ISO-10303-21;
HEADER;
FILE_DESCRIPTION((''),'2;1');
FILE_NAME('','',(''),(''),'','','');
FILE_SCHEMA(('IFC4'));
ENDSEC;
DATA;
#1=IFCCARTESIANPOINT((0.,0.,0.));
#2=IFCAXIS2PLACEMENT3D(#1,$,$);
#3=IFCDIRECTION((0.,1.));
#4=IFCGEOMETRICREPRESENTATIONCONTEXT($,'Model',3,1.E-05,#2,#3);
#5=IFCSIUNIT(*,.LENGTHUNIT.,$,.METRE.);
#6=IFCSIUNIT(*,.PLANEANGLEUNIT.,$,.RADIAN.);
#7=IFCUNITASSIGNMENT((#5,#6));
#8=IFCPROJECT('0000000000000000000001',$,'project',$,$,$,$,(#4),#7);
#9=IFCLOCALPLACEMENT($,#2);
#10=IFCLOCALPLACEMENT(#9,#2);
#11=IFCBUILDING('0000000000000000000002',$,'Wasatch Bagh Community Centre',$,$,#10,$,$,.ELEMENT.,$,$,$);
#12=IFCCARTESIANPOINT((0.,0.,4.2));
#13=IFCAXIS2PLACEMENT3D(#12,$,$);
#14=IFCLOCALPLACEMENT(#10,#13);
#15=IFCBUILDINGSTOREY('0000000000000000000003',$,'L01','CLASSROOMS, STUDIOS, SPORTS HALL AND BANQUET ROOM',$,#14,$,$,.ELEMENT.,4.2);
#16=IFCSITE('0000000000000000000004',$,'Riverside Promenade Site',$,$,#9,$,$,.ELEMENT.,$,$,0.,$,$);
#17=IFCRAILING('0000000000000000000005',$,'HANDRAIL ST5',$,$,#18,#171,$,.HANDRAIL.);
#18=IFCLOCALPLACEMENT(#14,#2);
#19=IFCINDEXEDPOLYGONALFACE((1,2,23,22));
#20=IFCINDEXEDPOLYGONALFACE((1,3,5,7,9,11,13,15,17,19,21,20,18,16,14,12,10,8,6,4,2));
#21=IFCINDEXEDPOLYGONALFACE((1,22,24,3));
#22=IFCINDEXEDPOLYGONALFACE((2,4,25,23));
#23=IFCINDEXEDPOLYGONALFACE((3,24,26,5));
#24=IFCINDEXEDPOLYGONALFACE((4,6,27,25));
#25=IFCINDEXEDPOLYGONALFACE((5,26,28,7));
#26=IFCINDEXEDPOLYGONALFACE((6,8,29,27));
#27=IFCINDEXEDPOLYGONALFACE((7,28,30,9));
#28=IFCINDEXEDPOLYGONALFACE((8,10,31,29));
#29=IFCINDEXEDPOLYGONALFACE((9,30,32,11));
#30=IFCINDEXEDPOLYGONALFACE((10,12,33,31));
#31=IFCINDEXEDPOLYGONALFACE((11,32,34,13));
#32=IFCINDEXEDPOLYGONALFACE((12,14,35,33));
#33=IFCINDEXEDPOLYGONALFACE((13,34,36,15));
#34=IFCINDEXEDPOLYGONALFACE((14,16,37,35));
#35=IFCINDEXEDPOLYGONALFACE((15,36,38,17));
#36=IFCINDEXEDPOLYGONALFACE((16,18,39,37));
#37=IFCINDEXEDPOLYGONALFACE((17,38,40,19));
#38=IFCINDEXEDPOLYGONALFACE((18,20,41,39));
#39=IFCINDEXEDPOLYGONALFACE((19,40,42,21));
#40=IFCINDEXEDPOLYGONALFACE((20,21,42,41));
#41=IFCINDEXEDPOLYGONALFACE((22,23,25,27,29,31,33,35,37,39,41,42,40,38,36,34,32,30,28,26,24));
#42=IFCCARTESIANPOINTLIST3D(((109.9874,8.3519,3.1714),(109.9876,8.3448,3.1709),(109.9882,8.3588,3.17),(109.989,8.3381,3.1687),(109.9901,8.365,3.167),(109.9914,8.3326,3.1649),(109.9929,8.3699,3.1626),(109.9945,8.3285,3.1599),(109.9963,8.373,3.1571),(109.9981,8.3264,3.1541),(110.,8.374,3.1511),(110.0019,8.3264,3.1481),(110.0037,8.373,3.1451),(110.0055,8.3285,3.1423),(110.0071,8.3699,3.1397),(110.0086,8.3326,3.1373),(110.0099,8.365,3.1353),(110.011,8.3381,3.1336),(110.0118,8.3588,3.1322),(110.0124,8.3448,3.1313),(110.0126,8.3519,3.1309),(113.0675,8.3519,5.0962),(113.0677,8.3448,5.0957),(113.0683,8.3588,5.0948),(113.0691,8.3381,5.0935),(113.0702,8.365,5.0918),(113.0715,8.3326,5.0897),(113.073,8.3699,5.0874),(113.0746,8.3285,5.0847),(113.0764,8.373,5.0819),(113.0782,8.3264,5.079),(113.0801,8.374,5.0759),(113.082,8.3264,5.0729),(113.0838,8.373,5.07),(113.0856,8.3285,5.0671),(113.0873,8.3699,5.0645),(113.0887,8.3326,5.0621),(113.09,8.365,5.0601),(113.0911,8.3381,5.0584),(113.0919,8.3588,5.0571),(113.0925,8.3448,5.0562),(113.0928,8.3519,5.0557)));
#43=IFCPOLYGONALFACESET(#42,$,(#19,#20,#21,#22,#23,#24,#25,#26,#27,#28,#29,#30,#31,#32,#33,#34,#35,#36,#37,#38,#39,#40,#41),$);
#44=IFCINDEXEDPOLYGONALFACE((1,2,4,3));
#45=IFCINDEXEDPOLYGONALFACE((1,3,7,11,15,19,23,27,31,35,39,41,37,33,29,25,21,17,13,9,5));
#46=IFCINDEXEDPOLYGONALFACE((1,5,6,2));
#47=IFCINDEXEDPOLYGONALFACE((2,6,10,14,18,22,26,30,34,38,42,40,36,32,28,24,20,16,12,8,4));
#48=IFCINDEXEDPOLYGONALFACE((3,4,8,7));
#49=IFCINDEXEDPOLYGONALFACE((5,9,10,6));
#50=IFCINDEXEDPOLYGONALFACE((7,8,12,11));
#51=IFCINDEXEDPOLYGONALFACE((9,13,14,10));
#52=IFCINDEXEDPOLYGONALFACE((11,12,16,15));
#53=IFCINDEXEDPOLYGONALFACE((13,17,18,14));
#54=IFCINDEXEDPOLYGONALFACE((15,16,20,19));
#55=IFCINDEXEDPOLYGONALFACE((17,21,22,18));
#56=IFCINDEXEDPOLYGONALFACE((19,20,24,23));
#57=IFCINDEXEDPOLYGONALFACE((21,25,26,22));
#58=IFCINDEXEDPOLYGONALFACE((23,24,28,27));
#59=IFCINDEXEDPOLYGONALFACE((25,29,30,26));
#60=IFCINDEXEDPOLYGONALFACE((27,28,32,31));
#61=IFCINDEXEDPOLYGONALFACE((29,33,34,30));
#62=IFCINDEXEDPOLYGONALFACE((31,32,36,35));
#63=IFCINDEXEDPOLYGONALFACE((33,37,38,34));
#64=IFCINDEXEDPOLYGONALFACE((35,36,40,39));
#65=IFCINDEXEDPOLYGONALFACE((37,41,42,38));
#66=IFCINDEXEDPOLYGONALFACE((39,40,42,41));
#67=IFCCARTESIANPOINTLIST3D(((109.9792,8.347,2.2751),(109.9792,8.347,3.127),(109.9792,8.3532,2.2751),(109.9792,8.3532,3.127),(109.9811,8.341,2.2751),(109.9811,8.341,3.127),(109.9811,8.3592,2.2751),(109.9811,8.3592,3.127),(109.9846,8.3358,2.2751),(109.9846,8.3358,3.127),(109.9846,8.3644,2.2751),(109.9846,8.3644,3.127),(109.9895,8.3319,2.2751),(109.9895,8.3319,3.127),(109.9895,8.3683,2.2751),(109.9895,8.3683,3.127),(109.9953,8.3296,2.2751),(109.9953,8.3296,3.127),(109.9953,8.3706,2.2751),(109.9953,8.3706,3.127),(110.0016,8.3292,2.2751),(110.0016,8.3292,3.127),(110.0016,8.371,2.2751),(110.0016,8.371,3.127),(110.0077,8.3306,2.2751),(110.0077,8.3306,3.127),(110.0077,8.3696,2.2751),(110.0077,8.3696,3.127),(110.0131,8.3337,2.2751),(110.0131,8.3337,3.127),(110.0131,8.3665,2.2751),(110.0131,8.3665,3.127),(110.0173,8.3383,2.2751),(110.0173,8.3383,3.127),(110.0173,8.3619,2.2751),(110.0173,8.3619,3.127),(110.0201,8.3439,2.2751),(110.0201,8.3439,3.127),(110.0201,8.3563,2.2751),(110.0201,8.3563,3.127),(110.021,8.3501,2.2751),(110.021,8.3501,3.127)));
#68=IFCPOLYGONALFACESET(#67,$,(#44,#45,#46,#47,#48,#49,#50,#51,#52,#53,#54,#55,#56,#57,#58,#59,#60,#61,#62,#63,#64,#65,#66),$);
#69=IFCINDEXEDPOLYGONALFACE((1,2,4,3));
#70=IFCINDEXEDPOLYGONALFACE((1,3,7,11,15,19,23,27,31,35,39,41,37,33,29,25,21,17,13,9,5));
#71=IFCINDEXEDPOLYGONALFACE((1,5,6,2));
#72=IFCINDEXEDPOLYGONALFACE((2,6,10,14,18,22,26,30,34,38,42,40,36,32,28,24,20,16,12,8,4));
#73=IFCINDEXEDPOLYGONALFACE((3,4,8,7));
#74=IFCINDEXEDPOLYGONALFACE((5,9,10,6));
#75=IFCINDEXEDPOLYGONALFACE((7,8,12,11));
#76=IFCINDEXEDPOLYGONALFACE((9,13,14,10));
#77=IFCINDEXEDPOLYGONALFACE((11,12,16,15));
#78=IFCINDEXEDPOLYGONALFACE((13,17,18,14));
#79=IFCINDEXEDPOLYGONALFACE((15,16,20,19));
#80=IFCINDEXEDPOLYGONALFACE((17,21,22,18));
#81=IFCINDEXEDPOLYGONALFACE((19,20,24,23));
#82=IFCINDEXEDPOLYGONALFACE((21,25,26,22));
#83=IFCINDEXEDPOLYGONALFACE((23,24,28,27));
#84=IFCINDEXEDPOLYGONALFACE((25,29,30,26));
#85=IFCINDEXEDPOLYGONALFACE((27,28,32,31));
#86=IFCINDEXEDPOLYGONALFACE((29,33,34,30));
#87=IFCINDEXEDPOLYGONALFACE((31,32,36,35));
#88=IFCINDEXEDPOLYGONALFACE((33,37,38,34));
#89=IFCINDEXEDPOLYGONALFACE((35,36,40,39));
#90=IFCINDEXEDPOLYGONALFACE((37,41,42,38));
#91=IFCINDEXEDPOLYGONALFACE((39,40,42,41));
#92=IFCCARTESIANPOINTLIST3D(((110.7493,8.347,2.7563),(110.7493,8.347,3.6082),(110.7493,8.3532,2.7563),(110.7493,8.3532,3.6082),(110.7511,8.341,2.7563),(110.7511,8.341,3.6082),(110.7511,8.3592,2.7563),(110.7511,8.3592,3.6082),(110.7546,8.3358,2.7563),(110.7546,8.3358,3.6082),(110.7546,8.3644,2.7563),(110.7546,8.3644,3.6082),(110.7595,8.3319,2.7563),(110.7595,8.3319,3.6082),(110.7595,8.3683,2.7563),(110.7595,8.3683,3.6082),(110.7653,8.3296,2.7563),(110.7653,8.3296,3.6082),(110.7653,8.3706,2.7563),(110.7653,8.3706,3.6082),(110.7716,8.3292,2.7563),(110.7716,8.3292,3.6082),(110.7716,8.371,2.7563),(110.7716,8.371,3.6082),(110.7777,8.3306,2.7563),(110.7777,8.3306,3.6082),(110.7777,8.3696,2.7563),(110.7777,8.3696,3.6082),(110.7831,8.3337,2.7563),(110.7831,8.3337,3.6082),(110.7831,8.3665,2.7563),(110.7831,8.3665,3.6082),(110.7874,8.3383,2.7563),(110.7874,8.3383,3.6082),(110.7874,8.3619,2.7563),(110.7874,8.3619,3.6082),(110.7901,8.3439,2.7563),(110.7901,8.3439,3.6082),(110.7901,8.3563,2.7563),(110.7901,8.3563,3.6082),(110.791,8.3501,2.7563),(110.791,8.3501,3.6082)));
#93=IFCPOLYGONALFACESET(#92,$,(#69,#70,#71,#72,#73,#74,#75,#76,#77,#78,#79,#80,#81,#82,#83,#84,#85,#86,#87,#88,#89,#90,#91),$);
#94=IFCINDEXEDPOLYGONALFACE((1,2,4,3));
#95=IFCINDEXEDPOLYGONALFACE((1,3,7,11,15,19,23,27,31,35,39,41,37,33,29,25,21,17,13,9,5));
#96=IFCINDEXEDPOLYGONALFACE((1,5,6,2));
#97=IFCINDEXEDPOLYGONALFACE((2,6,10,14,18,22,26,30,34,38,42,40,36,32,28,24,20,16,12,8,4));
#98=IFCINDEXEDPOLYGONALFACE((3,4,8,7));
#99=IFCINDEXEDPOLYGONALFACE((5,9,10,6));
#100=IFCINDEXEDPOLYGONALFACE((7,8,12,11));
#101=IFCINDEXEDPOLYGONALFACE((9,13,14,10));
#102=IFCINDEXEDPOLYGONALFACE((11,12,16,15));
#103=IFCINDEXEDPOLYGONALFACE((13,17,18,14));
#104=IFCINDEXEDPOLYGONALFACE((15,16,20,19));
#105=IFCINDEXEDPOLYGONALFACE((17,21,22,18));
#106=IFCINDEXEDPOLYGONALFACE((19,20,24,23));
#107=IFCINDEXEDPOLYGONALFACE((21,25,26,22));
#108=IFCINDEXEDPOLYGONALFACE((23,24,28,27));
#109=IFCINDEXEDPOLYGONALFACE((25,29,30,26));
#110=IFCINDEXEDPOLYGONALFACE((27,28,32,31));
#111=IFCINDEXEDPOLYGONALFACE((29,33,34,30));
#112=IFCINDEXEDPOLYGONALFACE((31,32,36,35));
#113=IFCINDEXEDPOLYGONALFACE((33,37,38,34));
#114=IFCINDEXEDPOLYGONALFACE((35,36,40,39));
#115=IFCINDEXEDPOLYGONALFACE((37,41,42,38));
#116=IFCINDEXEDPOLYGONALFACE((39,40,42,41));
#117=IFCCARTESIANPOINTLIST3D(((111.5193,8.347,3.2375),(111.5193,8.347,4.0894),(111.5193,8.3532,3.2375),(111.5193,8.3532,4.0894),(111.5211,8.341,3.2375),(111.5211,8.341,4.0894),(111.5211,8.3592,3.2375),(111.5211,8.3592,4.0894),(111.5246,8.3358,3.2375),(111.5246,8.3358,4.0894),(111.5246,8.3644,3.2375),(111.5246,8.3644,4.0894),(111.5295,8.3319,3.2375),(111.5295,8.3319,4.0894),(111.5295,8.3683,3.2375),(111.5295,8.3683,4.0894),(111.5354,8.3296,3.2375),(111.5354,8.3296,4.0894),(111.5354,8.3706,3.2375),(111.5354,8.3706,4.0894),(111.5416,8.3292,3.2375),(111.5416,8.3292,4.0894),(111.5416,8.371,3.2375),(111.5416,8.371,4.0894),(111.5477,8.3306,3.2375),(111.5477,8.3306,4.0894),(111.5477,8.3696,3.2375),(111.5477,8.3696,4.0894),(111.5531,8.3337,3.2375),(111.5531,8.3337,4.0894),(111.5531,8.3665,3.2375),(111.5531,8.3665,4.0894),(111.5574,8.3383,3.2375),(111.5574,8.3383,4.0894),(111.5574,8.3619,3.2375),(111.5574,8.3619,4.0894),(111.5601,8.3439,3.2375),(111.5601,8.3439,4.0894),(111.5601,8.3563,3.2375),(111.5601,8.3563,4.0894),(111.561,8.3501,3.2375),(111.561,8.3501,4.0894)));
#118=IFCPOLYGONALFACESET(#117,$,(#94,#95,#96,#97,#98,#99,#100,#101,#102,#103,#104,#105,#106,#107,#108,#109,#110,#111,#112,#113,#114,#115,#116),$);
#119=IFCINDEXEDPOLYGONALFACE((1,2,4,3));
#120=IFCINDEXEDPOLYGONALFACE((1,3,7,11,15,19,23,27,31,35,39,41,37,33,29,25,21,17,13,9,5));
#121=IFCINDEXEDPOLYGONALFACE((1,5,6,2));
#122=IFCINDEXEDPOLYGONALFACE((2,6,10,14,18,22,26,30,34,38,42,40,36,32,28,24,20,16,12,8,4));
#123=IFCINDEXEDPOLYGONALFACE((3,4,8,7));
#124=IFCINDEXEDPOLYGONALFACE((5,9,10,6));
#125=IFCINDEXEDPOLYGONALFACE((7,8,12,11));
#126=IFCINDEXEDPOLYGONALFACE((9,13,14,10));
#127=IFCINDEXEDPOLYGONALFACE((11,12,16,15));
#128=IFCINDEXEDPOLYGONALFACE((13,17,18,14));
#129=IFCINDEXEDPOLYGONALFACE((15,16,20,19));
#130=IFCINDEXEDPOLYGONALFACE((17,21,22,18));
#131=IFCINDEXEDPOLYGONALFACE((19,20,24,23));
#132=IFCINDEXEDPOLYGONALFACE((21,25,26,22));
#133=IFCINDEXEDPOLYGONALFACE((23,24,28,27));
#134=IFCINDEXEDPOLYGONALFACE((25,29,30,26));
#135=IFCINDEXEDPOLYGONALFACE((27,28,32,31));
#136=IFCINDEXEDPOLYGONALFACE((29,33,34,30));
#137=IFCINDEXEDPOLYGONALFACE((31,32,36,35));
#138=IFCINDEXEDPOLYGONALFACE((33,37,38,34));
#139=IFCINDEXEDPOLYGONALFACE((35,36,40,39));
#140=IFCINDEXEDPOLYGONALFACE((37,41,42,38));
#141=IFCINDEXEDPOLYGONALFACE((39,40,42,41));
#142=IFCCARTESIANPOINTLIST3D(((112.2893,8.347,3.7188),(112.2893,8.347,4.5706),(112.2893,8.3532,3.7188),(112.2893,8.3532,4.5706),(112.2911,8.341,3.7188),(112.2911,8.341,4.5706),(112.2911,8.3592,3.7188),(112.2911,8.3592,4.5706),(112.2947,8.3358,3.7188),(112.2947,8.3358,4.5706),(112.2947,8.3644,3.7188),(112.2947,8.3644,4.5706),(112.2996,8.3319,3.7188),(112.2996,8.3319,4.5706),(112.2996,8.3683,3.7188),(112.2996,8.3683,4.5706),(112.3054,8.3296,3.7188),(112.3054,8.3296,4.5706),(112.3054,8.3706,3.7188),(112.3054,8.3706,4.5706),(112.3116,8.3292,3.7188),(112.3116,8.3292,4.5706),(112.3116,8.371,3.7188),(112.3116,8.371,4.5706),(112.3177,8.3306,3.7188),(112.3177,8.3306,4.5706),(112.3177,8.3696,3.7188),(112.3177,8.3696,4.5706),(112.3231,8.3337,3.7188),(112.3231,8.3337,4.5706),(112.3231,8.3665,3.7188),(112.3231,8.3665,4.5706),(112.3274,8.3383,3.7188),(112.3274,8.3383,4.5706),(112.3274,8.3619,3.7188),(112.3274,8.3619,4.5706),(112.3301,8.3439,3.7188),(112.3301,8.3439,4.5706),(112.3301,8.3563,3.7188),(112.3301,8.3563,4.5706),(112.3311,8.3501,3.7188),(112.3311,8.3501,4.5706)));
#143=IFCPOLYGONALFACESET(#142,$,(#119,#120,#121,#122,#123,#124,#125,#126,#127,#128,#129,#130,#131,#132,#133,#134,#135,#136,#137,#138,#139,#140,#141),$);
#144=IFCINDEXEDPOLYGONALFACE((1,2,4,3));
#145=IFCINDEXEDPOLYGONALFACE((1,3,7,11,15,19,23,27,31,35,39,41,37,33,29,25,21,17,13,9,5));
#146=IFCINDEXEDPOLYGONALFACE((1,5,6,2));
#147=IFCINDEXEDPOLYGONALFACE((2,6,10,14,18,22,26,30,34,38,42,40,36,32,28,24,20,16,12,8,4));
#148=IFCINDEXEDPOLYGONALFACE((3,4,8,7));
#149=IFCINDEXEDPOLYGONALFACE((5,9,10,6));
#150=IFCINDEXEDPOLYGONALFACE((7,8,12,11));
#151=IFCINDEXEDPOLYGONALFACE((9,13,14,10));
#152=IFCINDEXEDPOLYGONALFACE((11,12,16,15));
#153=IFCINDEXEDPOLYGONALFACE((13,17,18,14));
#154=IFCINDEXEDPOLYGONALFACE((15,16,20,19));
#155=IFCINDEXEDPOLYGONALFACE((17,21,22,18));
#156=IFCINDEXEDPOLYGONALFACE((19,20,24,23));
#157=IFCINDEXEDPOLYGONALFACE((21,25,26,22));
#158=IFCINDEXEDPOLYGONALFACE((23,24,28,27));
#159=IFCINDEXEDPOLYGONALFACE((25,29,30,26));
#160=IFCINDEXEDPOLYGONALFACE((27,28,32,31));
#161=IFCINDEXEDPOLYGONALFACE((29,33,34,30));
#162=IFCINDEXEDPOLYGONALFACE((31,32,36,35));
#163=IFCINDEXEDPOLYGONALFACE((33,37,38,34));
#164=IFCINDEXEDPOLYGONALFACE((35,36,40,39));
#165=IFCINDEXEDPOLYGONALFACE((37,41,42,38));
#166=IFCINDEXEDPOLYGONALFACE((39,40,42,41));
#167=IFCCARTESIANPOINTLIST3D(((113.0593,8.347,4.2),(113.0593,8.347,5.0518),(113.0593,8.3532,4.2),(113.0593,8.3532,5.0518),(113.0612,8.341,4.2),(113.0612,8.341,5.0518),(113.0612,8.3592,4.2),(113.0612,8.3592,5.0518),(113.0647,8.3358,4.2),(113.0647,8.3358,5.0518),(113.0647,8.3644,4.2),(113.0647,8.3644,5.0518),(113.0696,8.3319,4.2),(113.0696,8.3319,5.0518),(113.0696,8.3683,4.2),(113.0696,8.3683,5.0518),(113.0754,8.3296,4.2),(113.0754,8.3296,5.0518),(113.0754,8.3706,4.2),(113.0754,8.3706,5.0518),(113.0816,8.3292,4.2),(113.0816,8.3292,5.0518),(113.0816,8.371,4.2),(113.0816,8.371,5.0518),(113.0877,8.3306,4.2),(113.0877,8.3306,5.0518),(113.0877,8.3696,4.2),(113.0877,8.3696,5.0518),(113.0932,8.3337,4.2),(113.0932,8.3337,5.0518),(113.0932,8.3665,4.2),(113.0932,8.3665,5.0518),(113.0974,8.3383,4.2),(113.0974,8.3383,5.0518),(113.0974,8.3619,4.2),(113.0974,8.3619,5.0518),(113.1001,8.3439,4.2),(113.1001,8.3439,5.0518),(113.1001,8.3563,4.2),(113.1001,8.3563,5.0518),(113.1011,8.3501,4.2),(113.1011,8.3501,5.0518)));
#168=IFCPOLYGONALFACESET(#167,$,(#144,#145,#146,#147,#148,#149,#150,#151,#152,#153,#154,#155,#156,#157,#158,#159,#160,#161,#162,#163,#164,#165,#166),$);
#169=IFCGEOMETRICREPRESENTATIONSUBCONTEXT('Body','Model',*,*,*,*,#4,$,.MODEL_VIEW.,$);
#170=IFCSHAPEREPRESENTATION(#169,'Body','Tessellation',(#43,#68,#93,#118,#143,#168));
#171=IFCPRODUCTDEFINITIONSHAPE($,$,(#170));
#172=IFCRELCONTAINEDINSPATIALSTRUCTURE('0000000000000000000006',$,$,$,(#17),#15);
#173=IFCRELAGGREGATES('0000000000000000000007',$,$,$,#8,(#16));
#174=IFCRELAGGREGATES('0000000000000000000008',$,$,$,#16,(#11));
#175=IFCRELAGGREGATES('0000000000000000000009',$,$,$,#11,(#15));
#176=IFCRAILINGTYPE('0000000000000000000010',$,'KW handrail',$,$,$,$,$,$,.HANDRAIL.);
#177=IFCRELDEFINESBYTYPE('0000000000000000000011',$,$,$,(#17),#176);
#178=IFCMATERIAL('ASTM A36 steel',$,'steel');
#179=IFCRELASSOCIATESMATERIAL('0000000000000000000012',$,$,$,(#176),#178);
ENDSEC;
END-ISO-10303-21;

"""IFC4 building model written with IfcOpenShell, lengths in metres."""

from ifc_helpers import new_model, si_unit, direction, frame, origin, origin_2d, place, context, subcontext, project, spatial, circle, extrude, material, type_object, element, save


model = new_model("IFC4")

# Units and contexts
model_context = context("Model", 3, precision=1e-05, world=origin(), true_north=direction((0.0, 1.0)))
body_context = subcontext(model_context, "Body", "Model", "MODEL_VIEW")
ifc_project = project(units=[si_unit("LENGTHUNIT", "METRE"), si_unit("PLANEANGLEUNIT", "RADIAN")], contexts=[model_context])

# Site, building, storey
site_placement = place(None, origin())
site = spatial("IfcSite", under=ifc_project, at=site_placement, Name="Riverside Promenade Site", CompositionType="ELEMENT", RefElevation=0.0)
building_placement = place(site_placement, origin())
building = spatial("IfcBuilding", under=site, at=building_placement, Name="Wasatch Bagh Community Centre", CompositionType="ELEMENT")
storey_placement = place(building_placement, frame((0.0, 0.0, 4.2)))
storey = spatial("IfcBuildingStorey", under=building, at=storey_placement, Name="L01", Description="CLASSROOMS, STUDIOS, SPORTS HALL AND BANQUET ROOM", CompositionType="ELEMENT", Elevation=4.2)

# Railing
ifc_material_1 = material(Name="ASTM A36 steel", Category="steel")
railing_type_1 = type_object("IfcRailingType", Name="KW handrail", PredefinedType="HANDRAIL", material=ifc_material_1)
for number, where, name in (
    (1, (110.0, 8.3501, 2.2751), "HANDRAIL ST5"),
):
    element("IfcRailing", number, at=place(storey_placement, frame(where)), inside=storey, type_object=railing_type_1, Name=name, PredefinedType="HANDRAIL", context=body_context, shape_type="SweptSolid", body=[
        extrude(circle(Radius=0.0239, at=origin_2d()), frame((0.0, 0.0, 0.876), z_axis=(0.848029, 0.0, 0.529951), x_axis=(0.0, 1.0, 0.0)), (0.0, 0.0, 1.0), 3.6321),
        extrude(circle(Radius=0.021, at=origin_2d()), origin(), (0.0, 0.0, 1.0), 0.8518),
        extrude(circle(Radius=0.021, at=origin_2d()), frame((0.77, 0.0, 0.4812)), (0.0, 0.0, 1.0), 0.8518),
        extrude(circle(Radius=0.021, at=origin_2d()), frame((1.54, 0.0, 0.9624)), (0.0, 0.0, 1.0), 0.8518),
        extrude(circle(Radius=0.021, at=origin_2d()), frame((2.3101, 0.0, 1.4436)), (0.0, 0.0, 1.0), 0.8518),
        extrude(circle(Radius=0.021, at=origin_2d()), frame((3.0801, 0.0, 1.9248)), (0.0, 0.0, 1.0), 0.8518),
    ])

save(model, "model.ifc")
